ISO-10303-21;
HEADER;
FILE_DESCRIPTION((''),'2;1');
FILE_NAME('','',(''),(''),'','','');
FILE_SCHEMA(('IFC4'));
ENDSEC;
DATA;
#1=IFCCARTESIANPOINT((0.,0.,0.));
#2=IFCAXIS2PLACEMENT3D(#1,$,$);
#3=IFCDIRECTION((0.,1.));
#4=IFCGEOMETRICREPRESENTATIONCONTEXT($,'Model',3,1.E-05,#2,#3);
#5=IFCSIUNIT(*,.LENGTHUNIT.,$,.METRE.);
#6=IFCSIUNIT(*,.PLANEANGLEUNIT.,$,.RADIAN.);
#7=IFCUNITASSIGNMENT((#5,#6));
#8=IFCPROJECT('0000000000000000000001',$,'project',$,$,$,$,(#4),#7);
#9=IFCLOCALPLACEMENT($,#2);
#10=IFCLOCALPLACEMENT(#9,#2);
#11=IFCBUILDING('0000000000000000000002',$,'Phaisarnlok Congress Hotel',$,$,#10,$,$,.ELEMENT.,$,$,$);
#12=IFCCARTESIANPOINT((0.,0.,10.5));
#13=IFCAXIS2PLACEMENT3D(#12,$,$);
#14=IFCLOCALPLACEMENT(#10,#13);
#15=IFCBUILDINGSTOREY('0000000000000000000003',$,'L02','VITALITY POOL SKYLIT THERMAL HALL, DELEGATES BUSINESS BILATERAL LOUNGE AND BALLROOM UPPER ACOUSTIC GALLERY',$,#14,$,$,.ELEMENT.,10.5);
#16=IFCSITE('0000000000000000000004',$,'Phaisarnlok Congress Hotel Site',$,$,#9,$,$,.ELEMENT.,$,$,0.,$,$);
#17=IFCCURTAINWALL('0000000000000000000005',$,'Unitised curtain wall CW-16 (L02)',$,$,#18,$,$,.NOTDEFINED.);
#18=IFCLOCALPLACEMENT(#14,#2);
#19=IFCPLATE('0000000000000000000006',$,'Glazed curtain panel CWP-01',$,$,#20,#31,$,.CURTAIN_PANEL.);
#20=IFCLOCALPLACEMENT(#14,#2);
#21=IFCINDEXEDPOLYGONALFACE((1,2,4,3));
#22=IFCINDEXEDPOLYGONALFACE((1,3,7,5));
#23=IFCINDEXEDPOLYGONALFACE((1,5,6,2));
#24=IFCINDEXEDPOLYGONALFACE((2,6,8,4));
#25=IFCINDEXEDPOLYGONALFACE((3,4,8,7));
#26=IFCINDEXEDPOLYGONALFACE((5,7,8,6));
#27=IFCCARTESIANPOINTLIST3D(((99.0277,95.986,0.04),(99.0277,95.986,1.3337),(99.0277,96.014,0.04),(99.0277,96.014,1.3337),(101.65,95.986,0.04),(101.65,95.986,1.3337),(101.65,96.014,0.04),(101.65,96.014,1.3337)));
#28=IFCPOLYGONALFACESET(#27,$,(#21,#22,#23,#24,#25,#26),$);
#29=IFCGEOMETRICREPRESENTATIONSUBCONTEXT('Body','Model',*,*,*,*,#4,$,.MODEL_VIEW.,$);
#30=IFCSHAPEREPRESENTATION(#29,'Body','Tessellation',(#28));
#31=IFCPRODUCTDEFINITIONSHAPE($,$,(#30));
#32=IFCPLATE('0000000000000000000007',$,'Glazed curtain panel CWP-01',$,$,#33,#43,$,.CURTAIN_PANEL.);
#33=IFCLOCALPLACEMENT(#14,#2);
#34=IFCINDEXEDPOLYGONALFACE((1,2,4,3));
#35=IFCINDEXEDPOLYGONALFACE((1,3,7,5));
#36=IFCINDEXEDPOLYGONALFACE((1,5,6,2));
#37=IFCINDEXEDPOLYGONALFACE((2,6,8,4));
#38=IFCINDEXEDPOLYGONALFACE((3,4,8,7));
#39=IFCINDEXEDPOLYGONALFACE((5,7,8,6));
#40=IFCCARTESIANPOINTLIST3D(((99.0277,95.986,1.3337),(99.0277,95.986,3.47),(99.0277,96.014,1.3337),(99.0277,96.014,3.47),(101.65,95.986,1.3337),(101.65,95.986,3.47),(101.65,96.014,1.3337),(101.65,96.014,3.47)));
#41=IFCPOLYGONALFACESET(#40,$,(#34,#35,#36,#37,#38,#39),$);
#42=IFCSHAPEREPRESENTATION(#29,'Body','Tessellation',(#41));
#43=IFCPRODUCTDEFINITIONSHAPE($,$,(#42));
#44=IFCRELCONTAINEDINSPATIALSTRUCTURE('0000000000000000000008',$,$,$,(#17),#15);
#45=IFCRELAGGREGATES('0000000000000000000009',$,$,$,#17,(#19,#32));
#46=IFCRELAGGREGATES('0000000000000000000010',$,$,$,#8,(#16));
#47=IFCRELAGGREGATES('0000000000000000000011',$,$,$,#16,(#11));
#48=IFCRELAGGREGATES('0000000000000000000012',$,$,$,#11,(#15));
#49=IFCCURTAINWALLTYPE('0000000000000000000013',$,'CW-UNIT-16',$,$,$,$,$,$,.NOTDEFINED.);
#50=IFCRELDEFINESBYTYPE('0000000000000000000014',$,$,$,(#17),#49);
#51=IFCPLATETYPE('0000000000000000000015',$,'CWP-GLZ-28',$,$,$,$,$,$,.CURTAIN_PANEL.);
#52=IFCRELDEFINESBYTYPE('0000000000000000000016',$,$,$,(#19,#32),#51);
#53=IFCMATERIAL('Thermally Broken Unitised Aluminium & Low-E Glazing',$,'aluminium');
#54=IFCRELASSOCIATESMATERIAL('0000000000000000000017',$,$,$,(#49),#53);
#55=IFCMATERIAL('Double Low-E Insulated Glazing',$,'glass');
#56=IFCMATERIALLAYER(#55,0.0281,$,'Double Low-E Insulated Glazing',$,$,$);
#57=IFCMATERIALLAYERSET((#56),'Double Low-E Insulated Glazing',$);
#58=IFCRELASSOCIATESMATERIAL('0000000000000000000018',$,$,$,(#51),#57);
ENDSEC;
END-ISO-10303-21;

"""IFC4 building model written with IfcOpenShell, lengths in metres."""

from ifc_helpers import new_model, si_unit, direction, frame, frame_2d, origin, place, context, subcontext, project, spatial, rectangle, extrude, material, layer, layer_set, type_object, element, aggregate, save


model = new_model("IFC4")

# Units and contexts
model_context = context("Model", 3, precision=1e-05, world=origin(), true_north=direction((0.0, 1.0)))
body_context = subcontext(model_context, "Body", "Model", "MODEL_VIEW")
ifc_project = project(units=[si_unit("LENGTHUNIT", "METRE"), si_unit("PLANEANGLEUNIT", "RADIAN")], contexts=[model_context])

# Site, building, storey
site_placement = place(None, origin())
site = spatial("IfcSite", under=ifc_project, at=site_placement, Name="Phaisarnlok Congress Hotel Site", CompositionType="ELEMENT", RefElevation=0.0)
building_placement = place(site_placement, origin())
building = spatial("IfcBuilding", under=site, at=building_placement, Name="Phaisarnlok Congress Hotel", CompositionType="ELEMENT")
storey_placement = place(building_placement, frame((0.0, 0.0, 10.5)))
storey = spatial("IfcBuildingStorey", under=building, at=storey_placement, Name="L02", Description="VITALITY POOL SKYLIT THERMAL HALL, DELEGATES BUSINESS BILATERAL LOUNGE AND BALLROOM UPPER ACOUSTIC GALLERY", CompositionType="ELEMENT", Elevation=10.5)

# Curtain wall
ifc_material_1 = material(Name="Thermally Broken Unitised Aluminium & Low-E Glazing", Category="aluminium")
curtain_wall_type = type_object("IfcCurtainWallType", Name="CW-UNIT-16", PredefinedType="NOTDEFINED", material=ifc_material_1)
curtain_wall_1_placement = place(storey_placement, origin())
curtain_wall_1 = element("IfcCurtainWall", 1, at=curtain_wall_1_placement, inside=storey, type_object=curtain_wall_type, Name="Unitised curtain wall CW-16 (L02)", PredefinedType="NOTDEFINED")

# Plates
ifc_material_2 = material(Name="Double Low-E Insulated Glazing", Category="glass")
ifc_layer = layer(ifc_material_2, 0.0281, Name="Double Low-E Insulated Glazing")
ifc_layer_set = layer_set([ifc_layer], Name="Double Low-E Insulated Glazing")
plate_type = type_object("IfcPlateType", Name="CWP-GLZ-28", PredefinedType="CURTAIN_PANEL", material=ifc_layer_set)
plate_1_placement = place(storey_placement, frame((101.6499, 96.0, 0.04), z_axis=(0.0, 0.0, 1.0), x_axis=(-1.0, 0.0, 0.0)))
plate_1 = element("IfcPlate", 2, at=plate_1_placement, type_object=plate_type, Name="Glazed curtain panel CWP-01", PredefinedType="CURTAIN_PANEL", context=body_context, shape_type="SweptSolid", body=[
    extrude(rectangle(XDim=2.6223, YDim=0.0281, at=frame_2d((1.311, 0.0))), origin(), (0.0, 0.0, 1.0), 1.2937),
])
plate_2_placement = place(storey_placement, frame((101.6499, 96.0, 1.3337), z_axis=(0.0, 0.0, 1.0), x_axis=(-1.0, 0.0, 0.0)))
plate_2 = element("IfcPlate", 3, at=plate_2_placement, type_object=plate_type, Name="Glazed curtain panel CWP-01", PredefinedType="CURTAIN_PANEL", context=body_context, shape_type="SweptSolid", body=[
    extrude(rectangle(XDim=2.6223, YDim=0.0281, at=frame_2d((1.311, 0.0))), origin(), (0.0, 0.0, 1.0), 2.1362),
])
aggregate(curtain_wall_1, [plate_1, plate_2])

save(model, "model.ifc")
